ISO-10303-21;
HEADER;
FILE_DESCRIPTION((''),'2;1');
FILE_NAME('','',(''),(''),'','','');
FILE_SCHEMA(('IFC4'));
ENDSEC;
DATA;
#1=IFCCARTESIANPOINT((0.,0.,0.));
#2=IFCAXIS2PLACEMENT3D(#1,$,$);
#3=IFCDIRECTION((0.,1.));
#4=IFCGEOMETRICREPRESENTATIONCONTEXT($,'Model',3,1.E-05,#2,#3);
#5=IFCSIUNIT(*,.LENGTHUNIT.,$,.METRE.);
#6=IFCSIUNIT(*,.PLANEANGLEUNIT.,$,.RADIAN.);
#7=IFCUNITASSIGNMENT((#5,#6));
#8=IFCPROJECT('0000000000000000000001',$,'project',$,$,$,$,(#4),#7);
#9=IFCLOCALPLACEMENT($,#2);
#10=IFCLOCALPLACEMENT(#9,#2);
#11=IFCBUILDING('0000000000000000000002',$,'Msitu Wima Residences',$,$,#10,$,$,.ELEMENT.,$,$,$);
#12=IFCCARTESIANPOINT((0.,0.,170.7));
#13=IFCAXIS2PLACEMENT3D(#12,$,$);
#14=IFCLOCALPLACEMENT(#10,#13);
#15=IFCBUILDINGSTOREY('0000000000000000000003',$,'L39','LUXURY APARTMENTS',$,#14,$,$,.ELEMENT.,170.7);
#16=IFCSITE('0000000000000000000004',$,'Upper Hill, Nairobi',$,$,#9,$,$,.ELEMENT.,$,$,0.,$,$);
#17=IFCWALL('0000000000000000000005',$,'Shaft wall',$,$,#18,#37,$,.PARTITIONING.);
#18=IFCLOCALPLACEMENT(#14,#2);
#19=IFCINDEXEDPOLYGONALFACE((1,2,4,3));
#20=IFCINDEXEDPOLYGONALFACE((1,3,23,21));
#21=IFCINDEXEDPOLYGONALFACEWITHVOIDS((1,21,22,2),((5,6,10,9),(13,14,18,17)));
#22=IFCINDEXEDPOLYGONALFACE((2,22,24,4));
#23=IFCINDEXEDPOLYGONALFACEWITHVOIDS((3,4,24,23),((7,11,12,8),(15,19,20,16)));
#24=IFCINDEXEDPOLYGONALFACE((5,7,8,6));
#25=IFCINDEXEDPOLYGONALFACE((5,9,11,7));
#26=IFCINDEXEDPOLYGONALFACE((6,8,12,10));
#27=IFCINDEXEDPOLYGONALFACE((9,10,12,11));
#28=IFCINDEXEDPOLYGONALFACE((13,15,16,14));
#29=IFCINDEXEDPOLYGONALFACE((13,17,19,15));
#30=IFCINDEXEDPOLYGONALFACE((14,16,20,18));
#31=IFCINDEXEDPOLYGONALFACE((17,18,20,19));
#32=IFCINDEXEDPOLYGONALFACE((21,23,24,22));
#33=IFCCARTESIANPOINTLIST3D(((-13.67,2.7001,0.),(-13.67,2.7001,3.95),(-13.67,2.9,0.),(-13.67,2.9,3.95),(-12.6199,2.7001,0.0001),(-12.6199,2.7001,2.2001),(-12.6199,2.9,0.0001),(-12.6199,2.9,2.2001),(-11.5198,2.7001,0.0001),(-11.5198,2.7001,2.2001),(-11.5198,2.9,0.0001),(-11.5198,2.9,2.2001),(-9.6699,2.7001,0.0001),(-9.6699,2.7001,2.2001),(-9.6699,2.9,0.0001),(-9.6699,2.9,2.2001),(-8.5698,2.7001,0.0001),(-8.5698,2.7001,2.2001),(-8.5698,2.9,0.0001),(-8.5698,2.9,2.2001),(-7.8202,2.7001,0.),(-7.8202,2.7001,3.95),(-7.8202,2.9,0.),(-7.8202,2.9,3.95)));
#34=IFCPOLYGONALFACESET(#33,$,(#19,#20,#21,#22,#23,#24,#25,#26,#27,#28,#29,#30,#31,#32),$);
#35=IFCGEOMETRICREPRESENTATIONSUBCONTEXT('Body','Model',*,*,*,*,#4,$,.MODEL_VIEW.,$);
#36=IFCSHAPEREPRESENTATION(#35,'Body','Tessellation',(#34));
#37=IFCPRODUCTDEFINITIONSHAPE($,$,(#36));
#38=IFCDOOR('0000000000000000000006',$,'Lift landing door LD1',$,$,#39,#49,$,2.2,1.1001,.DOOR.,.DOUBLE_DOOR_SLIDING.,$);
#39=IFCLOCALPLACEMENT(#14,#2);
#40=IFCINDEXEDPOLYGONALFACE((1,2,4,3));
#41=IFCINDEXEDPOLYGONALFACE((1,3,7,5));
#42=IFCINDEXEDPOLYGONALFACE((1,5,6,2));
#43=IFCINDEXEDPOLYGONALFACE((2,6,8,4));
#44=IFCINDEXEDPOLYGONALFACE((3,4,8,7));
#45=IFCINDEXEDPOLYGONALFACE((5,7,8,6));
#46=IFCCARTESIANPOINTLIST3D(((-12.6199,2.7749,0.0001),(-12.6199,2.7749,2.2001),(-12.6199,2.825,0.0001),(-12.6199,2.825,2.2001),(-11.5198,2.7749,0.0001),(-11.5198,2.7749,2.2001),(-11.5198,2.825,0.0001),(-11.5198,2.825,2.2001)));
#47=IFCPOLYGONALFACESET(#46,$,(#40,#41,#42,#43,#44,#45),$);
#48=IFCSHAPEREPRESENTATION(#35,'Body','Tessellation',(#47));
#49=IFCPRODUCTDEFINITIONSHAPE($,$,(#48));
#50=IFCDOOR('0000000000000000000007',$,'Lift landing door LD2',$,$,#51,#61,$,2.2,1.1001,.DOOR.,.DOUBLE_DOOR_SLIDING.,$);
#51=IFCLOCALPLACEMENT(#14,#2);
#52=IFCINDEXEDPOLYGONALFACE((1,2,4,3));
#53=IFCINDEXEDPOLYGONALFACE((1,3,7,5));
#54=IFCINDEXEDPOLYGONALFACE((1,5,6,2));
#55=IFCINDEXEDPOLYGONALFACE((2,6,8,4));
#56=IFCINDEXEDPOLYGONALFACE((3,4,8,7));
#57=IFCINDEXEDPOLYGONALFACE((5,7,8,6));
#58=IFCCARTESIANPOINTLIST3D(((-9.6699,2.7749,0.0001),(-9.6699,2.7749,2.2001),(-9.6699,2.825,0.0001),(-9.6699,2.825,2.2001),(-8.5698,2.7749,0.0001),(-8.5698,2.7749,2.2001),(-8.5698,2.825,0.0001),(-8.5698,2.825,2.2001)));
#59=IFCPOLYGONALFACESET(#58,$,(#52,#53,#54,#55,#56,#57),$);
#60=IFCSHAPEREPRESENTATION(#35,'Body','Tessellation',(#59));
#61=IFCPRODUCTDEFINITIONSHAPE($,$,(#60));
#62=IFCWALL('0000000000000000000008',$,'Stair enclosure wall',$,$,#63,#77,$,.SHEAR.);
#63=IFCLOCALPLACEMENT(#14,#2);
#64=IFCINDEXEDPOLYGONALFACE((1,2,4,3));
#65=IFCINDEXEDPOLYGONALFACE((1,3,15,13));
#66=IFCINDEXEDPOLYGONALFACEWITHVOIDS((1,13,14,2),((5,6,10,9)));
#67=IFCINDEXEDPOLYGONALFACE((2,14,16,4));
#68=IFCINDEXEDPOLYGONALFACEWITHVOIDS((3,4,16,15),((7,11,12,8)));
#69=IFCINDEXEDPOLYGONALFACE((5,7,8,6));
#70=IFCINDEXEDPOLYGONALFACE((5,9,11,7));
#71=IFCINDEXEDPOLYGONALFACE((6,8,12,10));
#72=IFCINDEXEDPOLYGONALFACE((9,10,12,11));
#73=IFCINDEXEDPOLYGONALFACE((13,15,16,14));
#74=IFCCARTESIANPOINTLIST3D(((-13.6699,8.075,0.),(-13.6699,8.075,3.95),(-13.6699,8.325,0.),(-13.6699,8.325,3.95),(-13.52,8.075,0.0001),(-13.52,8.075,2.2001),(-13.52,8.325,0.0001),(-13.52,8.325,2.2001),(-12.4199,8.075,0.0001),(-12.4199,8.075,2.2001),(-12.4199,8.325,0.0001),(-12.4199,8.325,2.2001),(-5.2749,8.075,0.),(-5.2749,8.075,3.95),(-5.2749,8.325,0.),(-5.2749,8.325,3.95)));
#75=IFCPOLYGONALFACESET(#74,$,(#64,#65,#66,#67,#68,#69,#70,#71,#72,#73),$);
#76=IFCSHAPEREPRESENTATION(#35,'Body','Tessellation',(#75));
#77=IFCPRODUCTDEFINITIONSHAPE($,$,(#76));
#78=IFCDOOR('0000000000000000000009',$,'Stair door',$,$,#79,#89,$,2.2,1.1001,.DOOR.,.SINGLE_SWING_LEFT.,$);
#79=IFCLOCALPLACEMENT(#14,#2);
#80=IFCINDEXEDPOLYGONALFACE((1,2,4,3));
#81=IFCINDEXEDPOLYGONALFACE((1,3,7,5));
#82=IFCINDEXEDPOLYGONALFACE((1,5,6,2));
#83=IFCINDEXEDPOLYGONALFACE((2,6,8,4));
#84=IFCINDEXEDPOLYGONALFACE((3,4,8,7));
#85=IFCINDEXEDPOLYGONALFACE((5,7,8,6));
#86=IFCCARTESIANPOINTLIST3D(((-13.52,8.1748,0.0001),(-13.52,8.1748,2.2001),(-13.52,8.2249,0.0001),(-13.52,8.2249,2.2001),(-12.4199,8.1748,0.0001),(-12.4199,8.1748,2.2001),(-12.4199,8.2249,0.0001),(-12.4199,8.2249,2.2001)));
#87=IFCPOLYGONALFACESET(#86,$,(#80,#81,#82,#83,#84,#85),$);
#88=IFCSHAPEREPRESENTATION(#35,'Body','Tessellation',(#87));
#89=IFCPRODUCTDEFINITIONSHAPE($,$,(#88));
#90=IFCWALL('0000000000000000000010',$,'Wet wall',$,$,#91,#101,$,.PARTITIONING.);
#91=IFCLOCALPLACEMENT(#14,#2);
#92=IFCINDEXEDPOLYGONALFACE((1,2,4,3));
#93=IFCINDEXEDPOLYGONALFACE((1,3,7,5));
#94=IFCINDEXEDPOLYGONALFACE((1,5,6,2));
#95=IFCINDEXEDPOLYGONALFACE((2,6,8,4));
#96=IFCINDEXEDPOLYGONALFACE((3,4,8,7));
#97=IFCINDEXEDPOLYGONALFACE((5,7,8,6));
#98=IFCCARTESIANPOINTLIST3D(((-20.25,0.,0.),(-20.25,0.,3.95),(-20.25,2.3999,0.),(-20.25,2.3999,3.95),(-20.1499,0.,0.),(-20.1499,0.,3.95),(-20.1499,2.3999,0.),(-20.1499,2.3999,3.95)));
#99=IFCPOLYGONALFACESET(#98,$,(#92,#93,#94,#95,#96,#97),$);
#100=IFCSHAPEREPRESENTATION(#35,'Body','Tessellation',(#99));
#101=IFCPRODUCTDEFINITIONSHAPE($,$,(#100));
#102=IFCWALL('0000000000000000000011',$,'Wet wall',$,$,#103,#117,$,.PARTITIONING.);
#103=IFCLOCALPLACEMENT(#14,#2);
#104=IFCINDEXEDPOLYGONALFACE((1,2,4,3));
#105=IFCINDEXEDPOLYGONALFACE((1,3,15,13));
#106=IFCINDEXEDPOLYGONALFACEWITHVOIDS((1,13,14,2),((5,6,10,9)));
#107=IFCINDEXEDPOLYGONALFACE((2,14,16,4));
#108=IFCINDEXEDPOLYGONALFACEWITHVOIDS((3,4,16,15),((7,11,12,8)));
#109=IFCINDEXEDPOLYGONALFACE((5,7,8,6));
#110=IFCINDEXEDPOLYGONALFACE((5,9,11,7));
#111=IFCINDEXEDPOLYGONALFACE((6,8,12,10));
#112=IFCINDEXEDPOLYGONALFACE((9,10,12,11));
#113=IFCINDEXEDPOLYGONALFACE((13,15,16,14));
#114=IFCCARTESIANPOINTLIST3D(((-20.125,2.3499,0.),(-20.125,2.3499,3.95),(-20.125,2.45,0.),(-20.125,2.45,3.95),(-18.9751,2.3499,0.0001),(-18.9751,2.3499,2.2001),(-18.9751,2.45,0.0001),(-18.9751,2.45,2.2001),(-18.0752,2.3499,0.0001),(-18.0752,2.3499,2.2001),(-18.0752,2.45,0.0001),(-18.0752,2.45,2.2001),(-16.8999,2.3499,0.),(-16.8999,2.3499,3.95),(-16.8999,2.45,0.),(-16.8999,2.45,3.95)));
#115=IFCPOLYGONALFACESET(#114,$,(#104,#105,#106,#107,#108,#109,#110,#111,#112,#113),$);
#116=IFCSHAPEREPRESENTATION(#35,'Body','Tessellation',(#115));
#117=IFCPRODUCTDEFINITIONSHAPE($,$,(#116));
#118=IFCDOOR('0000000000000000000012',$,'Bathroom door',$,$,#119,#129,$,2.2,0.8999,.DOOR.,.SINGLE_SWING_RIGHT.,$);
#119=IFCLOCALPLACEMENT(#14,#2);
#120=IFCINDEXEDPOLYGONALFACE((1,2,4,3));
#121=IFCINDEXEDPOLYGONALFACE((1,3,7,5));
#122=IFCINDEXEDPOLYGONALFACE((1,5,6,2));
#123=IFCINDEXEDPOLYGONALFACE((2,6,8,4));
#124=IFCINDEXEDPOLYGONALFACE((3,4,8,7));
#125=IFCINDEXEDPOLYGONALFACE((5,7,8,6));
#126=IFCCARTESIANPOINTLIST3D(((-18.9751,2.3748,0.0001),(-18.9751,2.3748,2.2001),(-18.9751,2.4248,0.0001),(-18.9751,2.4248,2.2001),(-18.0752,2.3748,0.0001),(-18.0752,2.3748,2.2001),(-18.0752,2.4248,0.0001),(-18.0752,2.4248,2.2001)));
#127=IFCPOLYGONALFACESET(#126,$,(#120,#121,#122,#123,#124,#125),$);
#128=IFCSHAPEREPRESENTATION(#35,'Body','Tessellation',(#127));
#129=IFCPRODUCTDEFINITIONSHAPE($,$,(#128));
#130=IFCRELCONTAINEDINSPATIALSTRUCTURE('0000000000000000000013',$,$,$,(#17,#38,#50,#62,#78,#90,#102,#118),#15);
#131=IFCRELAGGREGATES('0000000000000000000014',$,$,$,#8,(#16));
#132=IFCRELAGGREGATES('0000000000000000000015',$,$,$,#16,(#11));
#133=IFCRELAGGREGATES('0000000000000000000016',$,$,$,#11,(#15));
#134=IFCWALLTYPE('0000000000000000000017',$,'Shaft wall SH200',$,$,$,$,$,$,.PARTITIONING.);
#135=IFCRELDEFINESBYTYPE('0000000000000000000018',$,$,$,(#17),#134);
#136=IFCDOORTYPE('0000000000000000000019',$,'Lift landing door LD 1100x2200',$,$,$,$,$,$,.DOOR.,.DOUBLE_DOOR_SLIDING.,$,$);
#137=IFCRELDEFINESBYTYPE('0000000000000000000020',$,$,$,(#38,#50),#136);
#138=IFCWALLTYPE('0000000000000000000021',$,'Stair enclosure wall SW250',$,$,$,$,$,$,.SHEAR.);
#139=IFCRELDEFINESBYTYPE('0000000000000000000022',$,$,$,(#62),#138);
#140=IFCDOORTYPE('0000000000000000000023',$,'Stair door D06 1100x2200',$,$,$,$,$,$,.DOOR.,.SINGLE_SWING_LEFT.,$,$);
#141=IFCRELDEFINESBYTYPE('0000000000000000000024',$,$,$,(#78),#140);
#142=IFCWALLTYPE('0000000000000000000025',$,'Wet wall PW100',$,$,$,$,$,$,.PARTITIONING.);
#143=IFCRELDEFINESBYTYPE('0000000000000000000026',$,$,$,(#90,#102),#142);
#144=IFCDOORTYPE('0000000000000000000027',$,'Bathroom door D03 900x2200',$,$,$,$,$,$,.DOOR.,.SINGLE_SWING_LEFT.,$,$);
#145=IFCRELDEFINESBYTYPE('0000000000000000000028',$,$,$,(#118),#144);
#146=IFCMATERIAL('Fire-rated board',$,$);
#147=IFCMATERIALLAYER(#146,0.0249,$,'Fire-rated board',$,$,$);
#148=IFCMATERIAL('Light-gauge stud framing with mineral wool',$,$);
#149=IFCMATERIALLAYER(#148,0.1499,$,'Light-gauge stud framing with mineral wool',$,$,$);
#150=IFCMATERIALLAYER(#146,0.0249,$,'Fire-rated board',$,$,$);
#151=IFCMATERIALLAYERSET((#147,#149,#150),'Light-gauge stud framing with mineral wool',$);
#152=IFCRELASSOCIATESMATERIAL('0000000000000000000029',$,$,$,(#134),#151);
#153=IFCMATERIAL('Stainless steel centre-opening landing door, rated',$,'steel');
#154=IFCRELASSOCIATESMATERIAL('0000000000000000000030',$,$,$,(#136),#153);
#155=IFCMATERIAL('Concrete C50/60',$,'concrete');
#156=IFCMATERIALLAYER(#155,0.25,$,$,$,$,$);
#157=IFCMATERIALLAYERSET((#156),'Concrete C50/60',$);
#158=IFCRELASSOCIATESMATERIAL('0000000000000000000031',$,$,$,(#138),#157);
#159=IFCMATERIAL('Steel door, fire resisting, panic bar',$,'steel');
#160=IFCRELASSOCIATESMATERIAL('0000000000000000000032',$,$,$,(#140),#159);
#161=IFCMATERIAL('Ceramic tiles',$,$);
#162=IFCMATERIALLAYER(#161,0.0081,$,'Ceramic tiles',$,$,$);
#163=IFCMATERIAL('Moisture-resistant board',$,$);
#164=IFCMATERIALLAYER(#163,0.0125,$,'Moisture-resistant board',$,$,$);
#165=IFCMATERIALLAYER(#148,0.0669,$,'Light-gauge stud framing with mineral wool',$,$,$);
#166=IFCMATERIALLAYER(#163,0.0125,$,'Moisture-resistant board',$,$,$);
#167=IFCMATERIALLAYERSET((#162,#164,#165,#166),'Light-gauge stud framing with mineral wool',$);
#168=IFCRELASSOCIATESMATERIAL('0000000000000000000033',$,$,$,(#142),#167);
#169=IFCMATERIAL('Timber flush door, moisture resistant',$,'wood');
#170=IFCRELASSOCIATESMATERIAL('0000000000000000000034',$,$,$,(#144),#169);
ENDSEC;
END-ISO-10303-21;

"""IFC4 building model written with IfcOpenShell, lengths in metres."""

from ifc_helpers import new_model, si_unit, direction, frame, frame_2d, origin, place, context, subcontext, project, spatial, rectangle, extrude, material, layer, layer_set, type_object, element, fill, save


model = new_model("IFC4")

# Units and contexts
model_context = context("Model", 3, precision=1e-05, world=origin(), true_north=direction((0.0, 1.0)))
body_context = subcontext(model_context, "Body", "Model", "MODEL_VIEW")
ifc_project = project(units=[si_unit("LENGTHUNIT", "METRE"), si_unit("PLANEANGLEUNIT", "RADIAN")], contexts=[model_context])

# Site, building, storey
site_placement = place(None, origin())
site = spatial("IfcSite", under=ifc_project, at=site_placement, Name="Upper Hill, Nairobi", CompositionType="ELEMENT", RefElevation=0.0)
building_placement = place(site_placement, origin())
building = spatial("IfcBuilding", under=site, at=building_placement, Name="Msitu Wima Residences", CompositionType="ELEMENT")
storey_placement = place(building_placement, frame((0.0, 0.0, 170.7)))
storey = spatial("IfcBuildingStorey", under=building, at=storey_placement, Name="L39", Description="LUXURY APARTMENTS", CompositionType="ELEMENT", Elevation=170.7)

# Shared definitions
ifc_material_1 = material(Name="Concrete C50/60", Category="concrete")

# Shared definitions
ifc_material_2 = material(Name="Fire-rated board")
ifc_layer_1 = layer(ifc_material_2, 0.0249, Name="Fire-rated board")
ifc_material_3 = material(Name="Light-gauge stud framing with mineral wool")
ifc_layer_2 = layer(ifc_material_3, 0.1499, Name="Light-gauge stud framing with mineral wool")
ifc_layer_3 = layer(ifc_material_2, 0.0249, Name="Fire-rated board")
ifc_layer_set_1 = layer_set([ifc_layer_1, ifc_layer_2, ifc_layer_3], Name="Light-gauge stud framing with mineral wool")
wall_type_1 = type_object("IfcWallType", Name="Shaft wall SH200", PredefinedType="PARTITIONING", material=ifc_layer_set_1)

# Wall, openings, doors
wall_1_placement = place(storey_placement, frame((-13.6699, 2.8, 0.0), z_axis=(0.0, 0.0, 1.0), x_axis=(1.0, 0.0, 0.0)))
wall_1 = element("IfcWall", 1, at=wall_1_placement, inside=storey, type_object=wall_type_1, Name="Shaft wall", PredefinedType="PARTITIONING", context=body_context, shape_type="SweptSolid", body=[
    extrude(rectangle(XDim=5.8499, YDim=0.2, at=frame_2d((2.9248, 0.0))), origin(), (0.0, 0.0, 1.0), 3.95),
])
opening_1_placement = place(wall_1_placement, frame((1.05, 0.0, 0.0)))
opening_1 = element("IfcOpeningElement", 2, at=opening_1_placement, cuts=wall_1, PredefinedType="OPENING", context=body_context, shape_type="SweptSolid", body=[
    extrude(rectangle(XDim=1.1001, YDim=2.2, at=frame_2d((0.55, 1.1001))), frame((0.0, 0.1099, 0.0), z_axis=(0.0, -1.0, 0.0), x_axis=(1.0, 0.0, 0.0)), (0.0, 0.0, 1.0), 0.22),
])
opening_2_placement = place(wall_1_placement, frame((4.0, 0.0, 0.0)))
opening_2 = element("IfcOpeningElement", 3, at=opening_2_placement, cuts=wall_1, PredefinedType="OPENING", context=body_context, shape_type="SweptSolid", body=[
    extrude(rectangle(XDim=1.1001, YDim=2.2, at=frame_2d((0.55, 1.1001))), frame((0.0, 0.1099, 0.0), z_axis=(0.0, -1.0, 0.0), x_axis=(1.0, 0.0, 0.0)), (0.0, 0.0, 1.0), 0.22),
])
ifc_material_4 = material(Name="Stainless steel centre-opening landing door, rated", Category="steel")
door_type_1 = type_object("IfcDoorType", Name="Lift landing door LD 1100x2200", OperationType="DOUBLE_DOOR_SLIDING", PredefinedType="DOOR", material=ifc_material_4)
door_1_placement = place(opening_1_placement, origin())
door_1 = element("IfcDoor", 4, at=door_1_placement, inside=storey, type_object=door_type_1, Name="Lift landing door LD1", OperationType="DOUBLE_DOOR_SLIDING", OverallHeight=2.2, OverallWidth=1.1001, PredefinedType="DOOR", context=body_context, shape_type="SweptSolid", body=[
    extrude(rectangle(XDim=1.1001, YDim=2.2, at=frame_2d((0.55, 1.1001))), frame((0.0, 0.0249, 0.0), z_axis=(0.0, -1.0, 0.0), x_axis=(1.0, 0.0, 0.0)), (0.0, 0.0, 1.0), 0.05),
])
fill(opening_1, door_1)
door_2_placement = place(opening_2_placement, origin())
door_2 = element("IfcDoor", 5, at=door_2_placement, inside=storey, type_object=door_type_1, Name="Lift landing door LD2", OperationType="DOUBLE_DOOR_SLIDING", OverallHeight=2.2, OverallWidth=1.1001, PredefinedType="DOOR", context=body_context, shape_type="SweptSolid", body=[
    extrude(rectangle(XDim=1.1001, YDim=2.2, at=frame_2d((0.55, 1.1001))), frame((0.0, 0.0249, 0.0), z_axis=(0.0, -1.0, 0.0), x_axis=(1.0, 0.0, 0.0)), (0.0, 0.0, 1.0), 0.05),
])
fill(opening_2, door_2)

# Wall, opening, door
ifc_layer_4 = layer(ifc_material_1, 0.25)
ifc_layer_set_2 = layer_set([ifc_layer_4], Name="Concrete C50/60")
wall_type_2 = type_object("IfcWallType", Name="Stair enclosure wall SW250", PredefinedType="SHEAR", material=ifc_layer_set_2)
wall_2_placement = place(storey_placement, frame((-13.6699, 8.2, 0.0), z_axis=(0.0, 0.0, 1.0), x_axis=(1.0, 0.0, 0.0)))
wall_2 = element("IfcWall", 6, at=wall_2_placement, inside=storey, type_object=wall_type_2, Name="Stair enclosure wall", PredefinedType="SHEAR", context=body_context, shape_type="SweptSolid", body=[
    extrude(rectangle(XDim=8.395, YDim=0.25, at=frame_2d((4.1975, 0.0))), origin(), (0.0, 0.0, 1.0), 3.95),
])
opening_3_placement = place(wall_2_placement, frame((0.1499, 0.0, 0.0)))
opening_3 = element("IfcOpeningElement", 7, at=opening_3_placement, cuts=wall_2, PredefinedType="OPENING", context=body_context, shape_type="SweptSolid", body=[
    extrude(rectangle(XDim=1.1001, YDim=2.2, at=frame_2d((0.55, 1.1001))), frame((0.0, 0.135, 0.0), z_axis=(0.0, -1.0, 0.0), x_axis=(1.0, 0.0, 0.0)), (0.0, 0.0, 1.0), 0.27),
])
ifc_material_5 = material(Name="Steel door, fire resisting, panic bar", Category="steel")
door_type_2 = type_object("IfcDoorType", Name="Stair door D06 1100x2200", OperationType="SINGLE_SWING_LEFT", PredefinedType="DOOR", material=ifc_material_5)
door_3_placement = place(opening_3_placement, origin())
door_3 = element("IfcDoor", 8, at=door_3_placement, inside=storey, type_object=door_type_2, Name="Stair door", OperationType="SINGLE_SWING_LEFT", OverallHeight=2.2, OverallWidth=1.1001, PredefinedType="DOOR", context=body_context, shape_type="SweptSolid", body=[
    extrude(rectangle(XDim=1.1001, YDim=2.2, at=frame_2d((0.55, 1.1001))), frame((0.0, 0.0249, 0.0), z_axis=(0.0, -1.0, 0.0), x_axis=(1.0, 0.0, 0.0)), (0.0, 0.0, 1.0), 0.05),
])
fill(opening_3, door_3)

# Wall
ifc_material_6 = material(Name="Ceramic tiles")
ifc_layer_5 = layer(ifc_material_6, 0.0081, Name="Ceramic tiles")
ifc_material_7 = material(Name="Moisture-resistant board")
ifc_layer_6 = layer(ifc_material_7, 0.0125, Name="Moisture-resistant board")
ifc_layer_7 = layer(ifc_material_3, 0.0669, Name="Light-gauge stud framing with mineral wool")
ifc_layer_8 = layer(ifc_material_7, 0.0125, Name="Moisture-resistant board")
ifc_layer_set_3 = layer_set([ifc_layer_5, ifc_layer_6, ifc_layer_7, ifc_layer_8], Name="Light-gauge stud framing with mineral wool")
wall_type_3 = type_object("IfcWallType", Name="Wet wall PW100", PredefinedType="PARTITIONING", material=ifc_layer_set_3)
wall_3_placement = place(storey_placement, frame((-20.2, 0.0, 0.0), z_axis=(0.0, 0.0, 1.0), x_axis=(0.0, 1.0, 0.0)))
element("IfcWall", 9, at=wall_3_placement, inside=storey, type_object=wall_type_3, Name="Wet wall", PredefinedType="PARTITIONING", context=body_context, shape_type="SweptSolid", body=[
    extrude(rectangle(XDim=2.3999, YDim=0.1001, at=frame_2d((1.2, 0.0))), origin(), (0.0, 0.0, 1.0), 3.95),
])

# Wall, opening, door
wall_4_placement = place(storey_placement, frame((-20.125, 2.3999, 0.0), z_axis=(0.0, 0.0, 1.0), x_axis=(1.0, 0.0, 0.0)))
wall_4 = element("IfcWall", 10, at=wall_4_placement, inside=storey, type_object=wall_type_3, Name="Wet wall", PredefinedType="PARTITIONING", context=body_context, shape_type="SweptSolid", body=[
    extrude(rectangle(XDim=3.2251, YDim=0.1001, at=frame_2d((1.6125, 0.0))), origin(), (0.0, 0.0, 1.0), 3.95),
])
opening_4_placement = place(wall_4_placement, frame((1.1499, 0.0, 0.0)))
opening_4 = element("IfcOpeningElement", 11, at=opening_4_placement, cuts=wall_4, PredefinedType="OPENING", context=body_context, shape_type="SweptSolid", body=[
    extrude(rectangle(XDim=0.8999, YDim=2.2, at=frame_2d((0.45, 1.1001))), frame((0.0, 0.0601, 0.0), z_axis=(0.0, -1.0, 0.0), x_axis=(1.0, 0.0, 0.0)), (0.0, 0.0, 1.0), 0.1201),
])
ifc_material_8 = material(Name="Timber flush door, moisture resistant", Category="wood")
door_type_3 = type_object("IfcDoorType", Name="Bathroom door D03 900x2200", OperationType="SINGLE_SWING_LEFT", PredefinedType="DOOR", material=ifc_material_8)
door_4_placement = place(opening_4_placement, origin())
door_4 = element("IfcDoor", 12, at=door_4_placement, inside=storey, type_object=door_type_3, Name="Bathroom door", OperationType="SINGLE_SWING_RIGHT", OverallHeight=2.2, OverallWidth=0.8999, PredefinedType="DOOR", context=body_context, shape_type="SweptSolid", body=[
    extrude(rectangle(XDim=0.8999, YDim=2.2, at=frame_2d((0.45, 1.1001))), frame((0.0, 0.0249, 0.0), z_axis=(0.0, -1.0, 0.0), x_axis=(1.0, 0.0, 0.0)), (0.0, 0.0, 1.0), 0.05),
])
fill(opening_4, door_4)

save(model, "model.ifc")
